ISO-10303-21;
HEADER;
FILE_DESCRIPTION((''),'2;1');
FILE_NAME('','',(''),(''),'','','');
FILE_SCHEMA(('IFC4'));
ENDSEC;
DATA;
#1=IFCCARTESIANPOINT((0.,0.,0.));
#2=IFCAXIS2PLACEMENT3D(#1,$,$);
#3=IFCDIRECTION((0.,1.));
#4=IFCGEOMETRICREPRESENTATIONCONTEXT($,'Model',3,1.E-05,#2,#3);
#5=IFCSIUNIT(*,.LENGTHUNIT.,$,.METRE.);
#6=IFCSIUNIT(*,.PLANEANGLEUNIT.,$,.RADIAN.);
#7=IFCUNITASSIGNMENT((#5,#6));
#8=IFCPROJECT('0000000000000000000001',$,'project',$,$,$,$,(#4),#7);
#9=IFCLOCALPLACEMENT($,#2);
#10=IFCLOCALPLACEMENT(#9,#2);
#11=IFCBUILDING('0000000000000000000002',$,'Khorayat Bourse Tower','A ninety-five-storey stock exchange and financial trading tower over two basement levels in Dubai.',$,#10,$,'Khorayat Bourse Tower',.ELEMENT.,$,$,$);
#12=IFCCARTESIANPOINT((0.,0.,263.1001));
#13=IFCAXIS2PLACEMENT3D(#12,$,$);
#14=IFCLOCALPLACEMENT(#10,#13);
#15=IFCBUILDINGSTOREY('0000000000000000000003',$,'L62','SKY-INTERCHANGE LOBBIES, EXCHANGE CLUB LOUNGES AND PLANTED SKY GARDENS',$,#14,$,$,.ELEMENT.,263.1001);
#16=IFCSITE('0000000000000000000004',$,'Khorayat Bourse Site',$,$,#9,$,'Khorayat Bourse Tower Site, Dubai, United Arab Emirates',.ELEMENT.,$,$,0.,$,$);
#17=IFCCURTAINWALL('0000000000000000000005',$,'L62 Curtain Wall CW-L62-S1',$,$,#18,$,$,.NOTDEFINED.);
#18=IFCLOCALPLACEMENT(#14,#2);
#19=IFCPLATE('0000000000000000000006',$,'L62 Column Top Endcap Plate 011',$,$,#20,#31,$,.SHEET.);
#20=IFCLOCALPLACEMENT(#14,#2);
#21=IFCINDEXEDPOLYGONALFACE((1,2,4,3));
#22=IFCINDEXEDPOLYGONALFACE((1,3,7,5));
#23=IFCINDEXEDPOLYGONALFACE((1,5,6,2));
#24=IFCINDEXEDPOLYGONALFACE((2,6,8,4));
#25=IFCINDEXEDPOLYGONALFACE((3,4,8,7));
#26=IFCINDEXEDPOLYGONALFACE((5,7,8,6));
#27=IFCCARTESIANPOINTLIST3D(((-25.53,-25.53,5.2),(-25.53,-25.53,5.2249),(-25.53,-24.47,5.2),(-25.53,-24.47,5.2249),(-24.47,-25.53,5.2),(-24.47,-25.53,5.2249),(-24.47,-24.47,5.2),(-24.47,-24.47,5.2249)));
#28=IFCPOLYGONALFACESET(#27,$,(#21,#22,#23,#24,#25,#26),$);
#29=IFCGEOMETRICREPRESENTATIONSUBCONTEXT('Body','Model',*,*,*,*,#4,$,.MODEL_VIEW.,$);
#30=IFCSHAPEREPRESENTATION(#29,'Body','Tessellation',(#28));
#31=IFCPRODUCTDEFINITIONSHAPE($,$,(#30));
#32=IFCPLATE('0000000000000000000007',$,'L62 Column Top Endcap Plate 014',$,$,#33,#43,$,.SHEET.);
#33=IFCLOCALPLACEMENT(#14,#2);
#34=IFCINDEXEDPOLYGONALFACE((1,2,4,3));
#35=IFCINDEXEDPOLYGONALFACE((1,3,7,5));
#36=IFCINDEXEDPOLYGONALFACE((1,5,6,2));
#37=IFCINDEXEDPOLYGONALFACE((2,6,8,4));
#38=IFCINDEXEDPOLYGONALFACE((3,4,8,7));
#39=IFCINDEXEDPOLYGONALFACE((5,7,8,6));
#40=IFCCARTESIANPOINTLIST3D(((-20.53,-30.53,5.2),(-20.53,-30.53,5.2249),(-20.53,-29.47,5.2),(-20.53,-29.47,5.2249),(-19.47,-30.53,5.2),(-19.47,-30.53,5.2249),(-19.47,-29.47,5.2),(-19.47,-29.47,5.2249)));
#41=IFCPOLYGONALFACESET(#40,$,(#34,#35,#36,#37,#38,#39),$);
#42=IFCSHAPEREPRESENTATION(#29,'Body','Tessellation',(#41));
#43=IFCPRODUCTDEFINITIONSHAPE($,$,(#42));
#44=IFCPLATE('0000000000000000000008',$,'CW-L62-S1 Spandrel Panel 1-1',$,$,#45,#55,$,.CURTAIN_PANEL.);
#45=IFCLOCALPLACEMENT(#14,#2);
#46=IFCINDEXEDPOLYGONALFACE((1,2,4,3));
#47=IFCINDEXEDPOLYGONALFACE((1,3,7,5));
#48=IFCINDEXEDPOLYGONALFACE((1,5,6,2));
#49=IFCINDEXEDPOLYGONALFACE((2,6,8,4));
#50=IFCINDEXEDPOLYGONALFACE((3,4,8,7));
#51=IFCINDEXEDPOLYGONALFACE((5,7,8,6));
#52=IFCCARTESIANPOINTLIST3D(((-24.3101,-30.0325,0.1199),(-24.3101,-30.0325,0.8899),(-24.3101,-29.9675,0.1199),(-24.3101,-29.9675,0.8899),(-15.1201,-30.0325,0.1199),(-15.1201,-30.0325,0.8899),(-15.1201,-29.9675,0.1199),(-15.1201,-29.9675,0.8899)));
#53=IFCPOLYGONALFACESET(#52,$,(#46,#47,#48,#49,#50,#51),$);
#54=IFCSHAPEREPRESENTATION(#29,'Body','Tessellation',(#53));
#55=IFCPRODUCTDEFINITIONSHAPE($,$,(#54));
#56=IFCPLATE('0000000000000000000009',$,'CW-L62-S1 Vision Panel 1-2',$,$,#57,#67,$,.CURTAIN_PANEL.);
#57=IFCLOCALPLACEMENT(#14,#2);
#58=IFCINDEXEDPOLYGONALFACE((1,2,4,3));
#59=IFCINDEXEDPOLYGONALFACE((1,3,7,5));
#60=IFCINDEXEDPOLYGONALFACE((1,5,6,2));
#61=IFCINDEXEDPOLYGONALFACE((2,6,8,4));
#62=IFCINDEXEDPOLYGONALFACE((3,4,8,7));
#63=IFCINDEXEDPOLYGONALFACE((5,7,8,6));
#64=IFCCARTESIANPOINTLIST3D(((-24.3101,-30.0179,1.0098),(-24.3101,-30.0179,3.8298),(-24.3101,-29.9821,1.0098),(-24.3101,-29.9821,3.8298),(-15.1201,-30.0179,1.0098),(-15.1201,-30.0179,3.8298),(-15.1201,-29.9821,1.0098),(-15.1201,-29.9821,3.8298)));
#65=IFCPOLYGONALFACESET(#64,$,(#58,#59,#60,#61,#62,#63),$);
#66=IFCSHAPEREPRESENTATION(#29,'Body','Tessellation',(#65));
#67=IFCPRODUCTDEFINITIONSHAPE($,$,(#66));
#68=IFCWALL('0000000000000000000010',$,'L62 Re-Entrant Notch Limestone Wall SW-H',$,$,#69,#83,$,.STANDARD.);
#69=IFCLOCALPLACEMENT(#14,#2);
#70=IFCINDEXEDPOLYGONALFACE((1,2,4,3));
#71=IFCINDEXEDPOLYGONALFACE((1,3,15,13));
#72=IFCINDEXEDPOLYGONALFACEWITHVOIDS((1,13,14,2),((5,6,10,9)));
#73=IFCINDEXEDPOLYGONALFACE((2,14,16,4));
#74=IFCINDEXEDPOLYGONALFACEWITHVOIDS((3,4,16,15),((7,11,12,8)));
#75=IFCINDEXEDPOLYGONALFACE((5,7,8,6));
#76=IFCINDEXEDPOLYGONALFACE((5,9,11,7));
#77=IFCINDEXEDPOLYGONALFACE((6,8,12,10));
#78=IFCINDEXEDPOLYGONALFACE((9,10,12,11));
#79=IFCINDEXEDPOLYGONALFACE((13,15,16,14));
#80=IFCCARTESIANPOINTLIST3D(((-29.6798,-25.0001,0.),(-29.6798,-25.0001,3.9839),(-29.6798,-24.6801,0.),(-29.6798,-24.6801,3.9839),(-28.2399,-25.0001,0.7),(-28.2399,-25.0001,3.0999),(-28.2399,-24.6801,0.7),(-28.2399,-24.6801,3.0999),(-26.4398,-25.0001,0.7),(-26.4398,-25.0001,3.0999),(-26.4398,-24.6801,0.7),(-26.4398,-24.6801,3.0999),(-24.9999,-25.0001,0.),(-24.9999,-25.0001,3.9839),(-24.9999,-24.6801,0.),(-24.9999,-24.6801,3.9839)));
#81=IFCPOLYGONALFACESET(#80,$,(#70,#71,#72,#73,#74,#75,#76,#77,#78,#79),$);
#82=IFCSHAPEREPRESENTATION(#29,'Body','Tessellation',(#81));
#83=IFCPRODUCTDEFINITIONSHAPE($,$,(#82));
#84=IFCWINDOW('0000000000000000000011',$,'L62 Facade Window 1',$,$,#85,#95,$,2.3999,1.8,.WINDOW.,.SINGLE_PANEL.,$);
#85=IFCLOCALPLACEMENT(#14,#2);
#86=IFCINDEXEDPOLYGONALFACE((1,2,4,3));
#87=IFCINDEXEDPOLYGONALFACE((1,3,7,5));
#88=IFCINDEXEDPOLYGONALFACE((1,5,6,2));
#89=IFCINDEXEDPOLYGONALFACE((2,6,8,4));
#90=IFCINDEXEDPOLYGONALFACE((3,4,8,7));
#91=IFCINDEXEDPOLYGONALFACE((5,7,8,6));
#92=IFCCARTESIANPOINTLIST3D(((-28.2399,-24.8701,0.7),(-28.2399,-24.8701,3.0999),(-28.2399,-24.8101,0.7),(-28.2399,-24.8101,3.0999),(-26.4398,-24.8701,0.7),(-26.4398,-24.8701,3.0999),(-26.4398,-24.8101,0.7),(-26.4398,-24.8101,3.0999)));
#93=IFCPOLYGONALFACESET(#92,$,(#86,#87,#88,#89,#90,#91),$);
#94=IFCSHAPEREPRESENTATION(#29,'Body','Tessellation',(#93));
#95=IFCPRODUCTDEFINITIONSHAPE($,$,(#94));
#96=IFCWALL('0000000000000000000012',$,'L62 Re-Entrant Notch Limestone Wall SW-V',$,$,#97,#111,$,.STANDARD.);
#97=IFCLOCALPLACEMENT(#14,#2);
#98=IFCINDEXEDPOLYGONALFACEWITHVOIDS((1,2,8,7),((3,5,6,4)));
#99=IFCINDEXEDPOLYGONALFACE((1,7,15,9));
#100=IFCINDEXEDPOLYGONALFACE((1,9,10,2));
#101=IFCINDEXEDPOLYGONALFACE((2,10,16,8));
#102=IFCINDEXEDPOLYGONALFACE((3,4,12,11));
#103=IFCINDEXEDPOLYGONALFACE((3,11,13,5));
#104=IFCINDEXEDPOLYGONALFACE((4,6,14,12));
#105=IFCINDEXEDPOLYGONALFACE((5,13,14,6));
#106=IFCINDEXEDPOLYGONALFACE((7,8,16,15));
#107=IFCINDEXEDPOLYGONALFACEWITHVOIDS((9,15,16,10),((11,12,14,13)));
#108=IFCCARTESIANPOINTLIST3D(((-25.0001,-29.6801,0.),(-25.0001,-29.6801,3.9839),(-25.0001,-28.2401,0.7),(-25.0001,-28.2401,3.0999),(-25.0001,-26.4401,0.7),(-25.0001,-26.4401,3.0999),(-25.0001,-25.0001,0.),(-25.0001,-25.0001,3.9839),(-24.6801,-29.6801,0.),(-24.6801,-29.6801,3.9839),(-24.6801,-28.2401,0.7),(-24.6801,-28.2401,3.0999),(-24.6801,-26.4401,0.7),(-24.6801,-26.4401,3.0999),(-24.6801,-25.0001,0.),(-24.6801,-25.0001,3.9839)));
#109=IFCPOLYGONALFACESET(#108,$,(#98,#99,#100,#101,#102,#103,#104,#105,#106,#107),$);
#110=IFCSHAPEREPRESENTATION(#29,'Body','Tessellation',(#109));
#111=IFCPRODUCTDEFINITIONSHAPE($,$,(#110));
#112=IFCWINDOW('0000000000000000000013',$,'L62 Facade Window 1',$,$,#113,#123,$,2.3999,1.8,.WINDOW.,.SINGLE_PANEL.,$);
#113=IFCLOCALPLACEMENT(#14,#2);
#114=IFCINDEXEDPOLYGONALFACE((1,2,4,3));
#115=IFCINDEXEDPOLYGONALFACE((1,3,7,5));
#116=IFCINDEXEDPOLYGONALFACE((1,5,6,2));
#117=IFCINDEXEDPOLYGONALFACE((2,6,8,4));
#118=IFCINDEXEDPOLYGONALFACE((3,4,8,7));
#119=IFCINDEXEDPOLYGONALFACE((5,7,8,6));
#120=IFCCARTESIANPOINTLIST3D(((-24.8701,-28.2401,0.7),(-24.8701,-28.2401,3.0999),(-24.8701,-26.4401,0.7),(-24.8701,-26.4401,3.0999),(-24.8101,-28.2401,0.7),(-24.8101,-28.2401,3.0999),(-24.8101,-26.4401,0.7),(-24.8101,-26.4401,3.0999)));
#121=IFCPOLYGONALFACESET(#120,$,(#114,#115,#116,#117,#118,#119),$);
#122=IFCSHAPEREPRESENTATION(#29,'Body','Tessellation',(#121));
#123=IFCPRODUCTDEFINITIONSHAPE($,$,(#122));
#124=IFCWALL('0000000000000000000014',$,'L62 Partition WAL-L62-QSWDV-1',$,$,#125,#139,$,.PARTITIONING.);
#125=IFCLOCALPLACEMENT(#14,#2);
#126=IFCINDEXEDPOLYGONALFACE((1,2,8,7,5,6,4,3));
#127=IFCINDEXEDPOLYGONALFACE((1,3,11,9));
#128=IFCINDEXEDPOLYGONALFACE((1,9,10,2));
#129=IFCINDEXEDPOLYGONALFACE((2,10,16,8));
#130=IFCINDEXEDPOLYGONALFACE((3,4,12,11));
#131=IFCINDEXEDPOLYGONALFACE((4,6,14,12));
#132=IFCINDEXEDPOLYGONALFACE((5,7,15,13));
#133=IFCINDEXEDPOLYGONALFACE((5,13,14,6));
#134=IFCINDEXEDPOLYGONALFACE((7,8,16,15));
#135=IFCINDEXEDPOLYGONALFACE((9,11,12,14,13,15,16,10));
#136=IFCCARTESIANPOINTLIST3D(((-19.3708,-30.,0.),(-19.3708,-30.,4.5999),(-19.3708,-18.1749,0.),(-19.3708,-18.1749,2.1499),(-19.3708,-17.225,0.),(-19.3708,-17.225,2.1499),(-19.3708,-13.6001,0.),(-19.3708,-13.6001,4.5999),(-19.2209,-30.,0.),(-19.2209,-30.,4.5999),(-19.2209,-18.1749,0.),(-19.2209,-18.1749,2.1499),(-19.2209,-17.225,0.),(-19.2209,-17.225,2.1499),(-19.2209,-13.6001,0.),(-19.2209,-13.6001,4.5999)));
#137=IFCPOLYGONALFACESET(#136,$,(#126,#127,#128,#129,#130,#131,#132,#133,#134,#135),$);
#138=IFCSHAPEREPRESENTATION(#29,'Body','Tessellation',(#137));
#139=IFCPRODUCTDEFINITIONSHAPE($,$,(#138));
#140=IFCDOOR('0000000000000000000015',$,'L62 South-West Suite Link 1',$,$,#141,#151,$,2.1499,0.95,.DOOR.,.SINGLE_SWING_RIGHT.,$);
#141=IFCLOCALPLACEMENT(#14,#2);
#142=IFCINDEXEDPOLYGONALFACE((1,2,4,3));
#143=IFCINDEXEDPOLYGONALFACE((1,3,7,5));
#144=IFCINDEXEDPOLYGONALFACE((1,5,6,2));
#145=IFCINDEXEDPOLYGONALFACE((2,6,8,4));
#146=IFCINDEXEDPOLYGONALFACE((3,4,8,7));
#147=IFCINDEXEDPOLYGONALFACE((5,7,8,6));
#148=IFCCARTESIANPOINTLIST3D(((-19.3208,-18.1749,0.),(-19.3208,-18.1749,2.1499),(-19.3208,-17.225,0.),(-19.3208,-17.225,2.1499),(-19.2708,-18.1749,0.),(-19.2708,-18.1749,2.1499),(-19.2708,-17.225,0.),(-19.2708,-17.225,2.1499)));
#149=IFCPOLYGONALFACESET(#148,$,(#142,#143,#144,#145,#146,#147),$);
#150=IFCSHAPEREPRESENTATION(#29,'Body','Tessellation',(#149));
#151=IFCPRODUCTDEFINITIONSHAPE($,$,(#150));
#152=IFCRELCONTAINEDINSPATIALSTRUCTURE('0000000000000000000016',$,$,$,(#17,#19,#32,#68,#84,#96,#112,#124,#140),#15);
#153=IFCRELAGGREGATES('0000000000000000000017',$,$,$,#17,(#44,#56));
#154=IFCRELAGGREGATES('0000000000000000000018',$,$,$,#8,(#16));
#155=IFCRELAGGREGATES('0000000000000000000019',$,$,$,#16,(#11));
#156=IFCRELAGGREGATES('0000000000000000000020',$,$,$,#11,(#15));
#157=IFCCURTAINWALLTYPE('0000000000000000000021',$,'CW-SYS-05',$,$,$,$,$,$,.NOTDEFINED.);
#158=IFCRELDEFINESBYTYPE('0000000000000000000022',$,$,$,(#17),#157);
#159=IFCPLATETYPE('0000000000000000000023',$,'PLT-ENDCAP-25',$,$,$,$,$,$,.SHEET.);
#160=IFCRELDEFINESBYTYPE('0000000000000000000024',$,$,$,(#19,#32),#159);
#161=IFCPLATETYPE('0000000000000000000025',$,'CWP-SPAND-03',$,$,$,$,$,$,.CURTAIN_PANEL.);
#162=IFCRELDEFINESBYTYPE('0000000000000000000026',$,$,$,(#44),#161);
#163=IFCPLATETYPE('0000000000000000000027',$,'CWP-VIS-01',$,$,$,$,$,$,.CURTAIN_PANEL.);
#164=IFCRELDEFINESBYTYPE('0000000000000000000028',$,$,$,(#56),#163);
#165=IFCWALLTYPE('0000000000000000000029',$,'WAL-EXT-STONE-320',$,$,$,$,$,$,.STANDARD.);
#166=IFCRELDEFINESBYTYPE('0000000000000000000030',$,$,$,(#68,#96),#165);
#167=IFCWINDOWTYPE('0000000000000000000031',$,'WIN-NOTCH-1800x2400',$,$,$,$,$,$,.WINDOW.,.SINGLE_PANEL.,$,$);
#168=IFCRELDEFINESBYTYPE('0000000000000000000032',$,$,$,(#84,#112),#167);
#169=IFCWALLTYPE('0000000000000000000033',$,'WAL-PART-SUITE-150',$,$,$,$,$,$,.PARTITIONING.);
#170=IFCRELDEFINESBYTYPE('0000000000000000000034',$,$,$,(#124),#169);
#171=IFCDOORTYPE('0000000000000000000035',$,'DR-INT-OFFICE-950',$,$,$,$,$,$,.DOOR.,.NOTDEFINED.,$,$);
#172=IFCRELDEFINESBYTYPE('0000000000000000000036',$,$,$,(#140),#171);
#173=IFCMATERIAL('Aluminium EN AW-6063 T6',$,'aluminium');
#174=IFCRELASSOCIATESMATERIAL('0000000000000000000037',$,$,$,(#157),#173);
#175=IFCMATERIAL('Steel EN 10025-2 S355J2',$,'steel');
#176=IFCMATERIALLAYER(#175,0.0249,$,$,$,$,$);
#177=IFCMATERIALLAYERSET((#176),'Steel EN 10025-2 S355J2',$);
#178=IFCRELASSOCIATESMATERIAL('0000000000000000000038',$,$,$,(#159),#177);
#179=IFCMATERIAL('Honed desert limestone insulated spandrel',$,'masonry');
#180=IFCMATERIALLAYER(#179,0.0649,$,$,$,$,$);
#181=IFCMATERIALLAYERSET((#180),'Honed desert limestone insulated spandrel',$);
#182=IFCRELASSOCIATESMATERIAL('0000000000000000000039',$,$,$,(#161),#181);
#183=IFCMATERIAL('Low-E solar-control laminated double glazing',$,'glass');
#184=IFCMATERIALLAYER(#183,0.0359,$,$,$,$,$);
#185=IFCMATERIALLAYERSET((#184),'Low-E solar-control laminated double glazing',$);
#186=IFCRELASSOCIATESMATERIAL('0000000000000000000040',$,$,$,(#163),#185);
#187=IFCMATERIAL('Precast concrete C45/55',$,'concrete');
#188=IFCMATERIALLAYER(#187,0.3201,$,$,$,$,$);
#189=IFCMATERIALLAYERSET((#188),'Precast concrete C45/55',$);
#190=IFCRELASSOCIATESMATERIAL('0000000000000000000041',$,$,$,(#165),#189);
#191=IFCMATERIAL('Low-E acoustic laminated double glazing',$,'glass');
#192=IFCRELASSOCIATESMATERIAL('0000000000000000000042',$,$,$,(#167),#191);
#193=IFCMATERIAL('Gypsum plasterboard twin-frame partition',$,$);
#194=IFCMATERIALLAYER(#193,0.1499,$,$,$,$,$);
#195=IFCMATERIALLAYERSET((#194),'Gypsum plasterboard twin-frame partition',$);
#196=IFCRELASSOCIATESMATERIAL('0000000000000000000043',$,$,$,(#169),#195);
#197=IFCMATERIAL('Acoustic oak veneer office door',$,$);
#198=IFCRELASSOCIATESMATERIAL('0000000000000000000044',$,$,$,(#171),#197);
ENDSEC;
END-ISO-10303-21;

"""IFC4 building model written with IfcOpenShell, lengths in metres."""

from ifc_helpers import new_model, si_unit, direction, frame, frame_2d, origin, origin_2d, place, context, subcontext, project, spatial, rectangle, extrude, source, transform, mapped, material, layer, layer_set, type_object, element, fill, aggregate, save


model = new_model("IFC4")

# Units and contexts
model_context = context("Model", 3, precision=1e-05, world=origin(), true_north=direction((0.0, 1.0)))
body_context = subcontext(model_context, "Body", "Model", "MODEL_VIEW")
ifc_project = project(units=[si_unit("LENGTHUNIT", "METRE"), si_unit("PLANEANGLEUNIT", "RADIAN")], contexts=[model_context])

# Site, building, storey
site_placement = place(None, origin())
site = spatial("IfcSite", under=ifc_project, at=site_placement, Name="Khorayat Bourse Site", LongName="Khorayat Bourse Tower Site, Dubai, United Arab Emirates", CompositionType="ELEMENT", RefElevation=0.0)
building_placement = place(site_placement, origin())
building = spatial("IfcBuilding", under=site, at=building_placement, Name="Khorayat Bourse Tower", Description="A ninety-five-storey stock exchange and financial trading tower over two basement levels in Dubai.", LongName="Khorayat Bourse Tower", CompositionType="ELEMENT")
storey_placement = place(building_placement, frame((0.0, 0.0, 263.1001)))
storey = spatial("IfcBuildingStorey", under=building, at=storey_placement, Name="L62", Description="SKY-INTERCHANGE LOBBIES, EXCHANGE CLUB LOUNGES AND PLANTED SKY GARDENS", CompositionType="ELEMENT", Elevation=263.1001)

# Curtain wall
ifc_material_1 = material(Name="Aluminium EN AW-6063 T6", Category="aluminium")
curtain_wall_type = type_object("IfcCurtainWallType", Name="CW-SYS-05", PredefinedType="NOTDEFINED", material=ifc_material_1)
curtain_wall_1_placement = place(storey_placement, origin())
curtain_wall_1 = element("IfcCurtainWall", 1, at=curtain_wall_1_placement, inside=storey, type_object=curtain_wall_type, Name="L62 Curtain Wall CW-L62-S1", PredefinedType="NOTDEFINED")

# Plates
ifc_material_2 = material(Name="Steel EN 10025-2 S355J2", Category="steel")
ifc_layer_1 = layer(ifc_material_2, 0.0249)
ifc_layer_set_1 = layer_set([ifc_layer_1], Name="Steel EN 10025-2 S355J2")
plate_type_1 = type_object("IfcPlateType", Name="PLT-ENDCAP-25", PredefinedType="SHEET", material=ifc_layer_set_1)
shared_shape_1 = source(origin(), body_context, "Body", "SweptSolid", [
    extrude(rectangle(XDim=1.0601, YDim=1.0601, at=origin_2d()), origin(), (0.0, 0.0, 1.0), 0.0249),
])
for number, where, z_axis, x_axis, name in (
    (2, (-25.0, -25.0, 5.2), (0.0, 0.0, 1.0), (1.0, 0.0, 0.0), "L62 Column Top Endcap Plate 011"),
    (3, (-20.0, -30.0, 5.2), (0.0, 0.0, 1.0), (1.0, 0.0, 0.0), "L62 Column Top Endcap Plate 014"),
):
    element("IfcPlate", number, at=place(storey_placement, frame(where, z_axis=z_axis, x_axis=x_axis)), inside=storey, type_object=plate_type_1, Name=name, PredefinedType="SHEET", context=body_context, shape_type="MappedRepresentation", body=[
        mapped(shared_shape_1, transform((0.0, 0.0, 0.0), scale=1.0)),
    ])

# Plates
ifc_material_3 = material(Name="Honed desert limestone insulated spandrel", Category="masonry")
ifc_layer_2 = layer(ifc_material_3, 0.0649)
ifc_layer_set_2 = layer_set([ifc_layer_2], Name="Honed desert limestone insulated spandrel")
plate_type_2 = type_object("IfcPlateType", Name="CWP-SPAND-03", PredefinedType="CURTAIN_PANEL", material=ifc_layer_set_2)
shared_shape_2 = source(origin(), body_context, "Body", "SweptSolid", [
    extrude(rectangle(XDim=9.1899, YDim=0.0649, at=origin_2d()), origin(), (0.0, 0.0, 1.0), 0.77),
])
plate_1_placement = place(storey_placement, frame((-19.7151, -30.0, 0.1199), z_axis=(0.0, 0.0, 1.0), x_axis=(1.0, 0.0, 0.0)))
plate_1 = element("IfcPlate", 4, at=plate_1_placement, type_object=plate_type_2, Name="CW-L62-S1 Spandrel Panel 1-1", PredefinedType="CURTAIN_PANEL", context=body_context, shape_type="MappedRepresentation", body=[
    mapped(shared_shape_2, transform((0.0, 0.0, 0.0), scale=1.0)),
])
ifc_material_4 = material(Name="Low-E solar-control laminated double glazing", Category="glass")
ifc_layer_3 = layer(ifc_material_4, 0.0359)
ifc_layer_set_3 = layer_set([ifc_layer_3], Name="Low-E solar-control laminated double glazing")
plate_type_3 = type_object("IfcPlateType", Name="CWP-VIS-01", PredefinedType="CURTAIN_PANEL", material=ifc_layer_set_3)
shared_shape_3 = source(origin(), body_context, "Body", "SweptSolid", [
    extrude(rectangle(XDim=9.1899, YDim=0.0359, at=origin_2d()), origin(), (0.0, 0.0, 1.0), 2.8201),
])
plate_2_placement = place(storey_placement, frame((-19.7151, -30.0, 1.0098), z_axis=(0.0, 0.0, 1.0), x_axis=(1.0, 0.0, 0.0)))
plate_2 = element("IfcPlate", 5, at=plate_2_placement, type_object=plate_type_3, Name="CW-L62-S1 Vision Panel 1-2", PredefinedType="CURTAIN_PANEL", context=body_context, shape_type="MappedRepresentation", body=[
    mapped(shared_shape_3, transform((0.0, 0.0, 0.0), scale=1.0)),
])
aggregate(curtain_wall_1, [plate_1, plate_2])

# Walls, openings, windows
ifc_material_5 = material(Name="Precast concrete C45/55", Category="concrete")
ifc_layer_4 = layer(ifc_material_5, 0.3201)
ifc_layer_set_4 = layer_set([ifc_layer_4], Name="Precast concrete C45/55")
wall_type_1 = type_object("IfcWallType", Name="WAL-EXT-STONE-320", PredefinedType="STANDARD", material=ifc_layer_set_4)
shared_shape_4 = source(origin(), body_context, "Body", "SweptSolid", [
    extrude(rectangle(XDim=4.6799, YDim=0.3201, at=frame_2d((2.3398, 0.0))), origin(), (0.0, 0.0, 1.0), 3.9839),
])
wall_1_placement = place(storey_placement, frame((-25.0, -24.8401, 0.0), z_axis=(0.0, 0.0, 1.0), x_axis=(-1.0, 0.0, 0.0)))
wall_1 = element("IfcWall", 6, at=wall_1_placement, inside=storey, type_object=wall_type_1, Name="L62 Re-Entrant Notch Limestone Wall SW-H", PredefinedType="STANDARD", context=body_context, shape_type="MappedRepresentation", body=[
    mapped(shared_shape_4, transform((0.0, 0.0, 0.0), scale=1.0)),
])
shared_shape_5 = source(origin(), body_context, "Body", "SweptSolid", [
    extrude(rectangle(XDim=1.8, YDim=2.3999, at=frame_2d((0.8999, 1.2))), frame((0.0, 0.1699, 0.0), z_axis=(0.0, -1.0, 0.0), x_axis=(1.0, 0.0, 0.0)), (0.0, 0.0, 1.0), 0.3401),
])
opening_1_placement = place(wall_1_placement, frame((1.4399, 0.0, 0.7)))
opening_1 = element("IfcOpeningElement", 7, at=opening_1_placement, cuts=wall_1, PredefinedType="OPENING", context=body_context, shape_type="MappedRepresentation", body=[
    mapped(shared_shape_5, transform((0.0, 0.0, 0.0), scale=1.0)),
])
ifc_material_6 = material(Name="Low-E acoustic laminated double glazing", Category="glass")
window_type = type_object("IfcWindowType", Name="WIN-NOTCH-1800x2400", PartitioningType="SINGLE_PANEL", PredefinedType="WINDOW", material=ifc_material_6)
shared_shape_6 = source(origin(), body_context, "Body", "SweptSolid", [
    extrude(rectangle(XDim=1.8, YDim=2.3999, at=frame_2d((0.8999, 1.2))), frame((0.0, 0.03, 0.0), z_axis=(0.0, -1.0, 0.0), x_axis=(1.0, 0.0, 0.0)), (0.0, 0.0, 1.0), 0.0601),
])
window_1_placement = place(opening_1_placement, origin())
window_1 = element("IfcWindow", 8, at=window_1_placement, inside=storey, type_object=window_type, Name="L62 Facade Window 1", OverallHeight=2.3999, OverallWidth=1.8, PartitioningType="SINGLE_PANEL", PredefinedType="WINDOW", context=body_context, shape_type="MappedRepresentation", body=[
    mapped(shared_shape_6, transform((0.0, 0.0, 0.0), scale=1.0)),
])
fill(opening_1, window_1)
wall_2_placement = place(storey_placement, frame((-24.8401, -29.6799, 0.0), z_axis=(0.0, 0.0, 1.0), x_axis=(0.0, 1.0, 0.0)))
wall_2 = element("IfcWall", 9, at=wall_2_placement, inside=storey, type_object=wall_type_1, Name="L62 Re-Entrant Notch Limestone Wall SW-V", PredefinedType="STANDARD", context=body_context, shape_type="MappedRepresentation", body=[
    mapped(shared_shape_4, transform((0.0, 0.0, 0.0), scale=1.0)),
])
opening_2_placement = place(wall_2_placement, frame((1.4399, 0.0, 0.7)))
opening_2 = element("IfcOpeningElement", 10, at=opening_2_placement, cuts=wall_2, PredefinedType="OPENING", context=body_context, shape_type="MappedRepresentation", body=[
    mapped(shared_shape_5, transform((0.0, 0.0, 0.0), scale=1.0)),
])
window_2_placement = place(opening_2_placement, origin())
window_2 = element("IfcWindow", 11, at=window_2_placement, inside=storey, type_object=window_type, Name="L62 Facade Window 1", OverallHeight=2.3999, OverallWidth=1.8, PartitioningType="SINGLE_PANEL", PredefinedType="WINDOW", context=body_context, shape_type="MappedRepresentation", body=[
    mapped(shared_shape_6, transform((0.0, 0.0, 0.0), scale=1.0)),
])
fill(opening_2, window_2)

# Wall, opening, door
ifc_material_7 = material(Name="Gypsum plasterboard twin-frame partition")
ifc_layer_5 = layer(ifc_material_7, 0.1499)
ifc_layer_set_5 = layer_set([ifc_layer_5], Name="Gypsum plasterboard twin-frame partition")
wall_type_2 = type_object("IfcWallType", Name="WAL-PART-SUITE-150", PredefinedType="PARTITIONING", material=ifc_layer_set_5)
shared_shape_7 = source(origin(), body_context, "Body", "SweptSolid", [
    extrude(rectangle(XDim=16.3999, YDim=0.1499, at=frame_2d((8.2, 0.0))), origin(), (0.0, 0.0, 1.0), 4.5999),
])
wall_3_placement = place(storey_placement, frame((-19.2959, -30.0, 0.0), z_axis=(0.0, 0.0, 1.0), x_axis=(0.0, 1.0, 0.0)))
wall_3 = element("IfcWall", 12, at=wall_3_placement, inside=storey, type_object=wall_type_2, Name="L62 Partition WAL-L62-QSWDV-1", PredefinedType="PARTITIONING", context=body_context, shape_type="MappedRepresentation", body=[
    mapped(shared_shape_7, transform((0.0, 0.0, 0.0), scale=1.0)),
])
shared_shape_8 = source(origin(), body_context, "Body", "SweptSolid", [
    extrude(rectangle(XDim=0.95, YDim=2.1499, at=frame_2d((0.4751, 1.075))), frame((0.0, 0.085, 0.0), z_axis=(0.0, -1.0, 0.0), x_axis=(1.0, 0.0, 0.0)), (0.0, 0.0, 1.0), 0.1699),
])
opening_3_placement = place(wall_3_placement, frame((11.825, 0.0, 0.0)))
opening_3 = element("IfcOpeningElement", 13, at=opening_3_placement, cuts=wall_3, PredefinedType="OPENING", context=body_context, shape_type="MappedRepresentation", body=[
    mapped(shared_shape_8, transform((0.0, 0.0, 0.0), scale=1.0)),
])
ifc_material_8 = material(Name="Acoustic oak veneer office door")
door_type = type_object("IfcDoorType", Name="DR-INT-OFFICE-950", OperationType="NOTDEFINED", PredefinedType="DOOR", material=ifc_material_8)
shared_shape_9 = source(origin(), body_context, "Body", "SweptSolid", [
    extrude(rectangle(XDim=0.95, YDim=2.1499, at=frame_2d((0.4751, 1.075))), frame((0.0, 0.0249, 0.0), z_axis=(0.0, -1.0, 0.0), x_axis=(1.0, 0.0, 0.0)), (0.0, 0.0, 1.0), 0.05),
])
door_placement = place(opening_3_placement, origin())
door = element("IfcDoor", 14, at=door_placement, inside=storey, type_object=door_type, Name="L62 South-West Suite Link 1", OperationType="SINGLE_SWING_RIGHT", OverallHeight=2.1499, OverallWidth=0.95, PredefinedType="DOOR", context=body_context, shape_type="MappedRepresentation", body=[
    mapped(shared_shape_9, transform((0.0, 0.0, 0.0), scale=1.0)),
])
fill(opening_3, door)

save(model, "model.ifc")
